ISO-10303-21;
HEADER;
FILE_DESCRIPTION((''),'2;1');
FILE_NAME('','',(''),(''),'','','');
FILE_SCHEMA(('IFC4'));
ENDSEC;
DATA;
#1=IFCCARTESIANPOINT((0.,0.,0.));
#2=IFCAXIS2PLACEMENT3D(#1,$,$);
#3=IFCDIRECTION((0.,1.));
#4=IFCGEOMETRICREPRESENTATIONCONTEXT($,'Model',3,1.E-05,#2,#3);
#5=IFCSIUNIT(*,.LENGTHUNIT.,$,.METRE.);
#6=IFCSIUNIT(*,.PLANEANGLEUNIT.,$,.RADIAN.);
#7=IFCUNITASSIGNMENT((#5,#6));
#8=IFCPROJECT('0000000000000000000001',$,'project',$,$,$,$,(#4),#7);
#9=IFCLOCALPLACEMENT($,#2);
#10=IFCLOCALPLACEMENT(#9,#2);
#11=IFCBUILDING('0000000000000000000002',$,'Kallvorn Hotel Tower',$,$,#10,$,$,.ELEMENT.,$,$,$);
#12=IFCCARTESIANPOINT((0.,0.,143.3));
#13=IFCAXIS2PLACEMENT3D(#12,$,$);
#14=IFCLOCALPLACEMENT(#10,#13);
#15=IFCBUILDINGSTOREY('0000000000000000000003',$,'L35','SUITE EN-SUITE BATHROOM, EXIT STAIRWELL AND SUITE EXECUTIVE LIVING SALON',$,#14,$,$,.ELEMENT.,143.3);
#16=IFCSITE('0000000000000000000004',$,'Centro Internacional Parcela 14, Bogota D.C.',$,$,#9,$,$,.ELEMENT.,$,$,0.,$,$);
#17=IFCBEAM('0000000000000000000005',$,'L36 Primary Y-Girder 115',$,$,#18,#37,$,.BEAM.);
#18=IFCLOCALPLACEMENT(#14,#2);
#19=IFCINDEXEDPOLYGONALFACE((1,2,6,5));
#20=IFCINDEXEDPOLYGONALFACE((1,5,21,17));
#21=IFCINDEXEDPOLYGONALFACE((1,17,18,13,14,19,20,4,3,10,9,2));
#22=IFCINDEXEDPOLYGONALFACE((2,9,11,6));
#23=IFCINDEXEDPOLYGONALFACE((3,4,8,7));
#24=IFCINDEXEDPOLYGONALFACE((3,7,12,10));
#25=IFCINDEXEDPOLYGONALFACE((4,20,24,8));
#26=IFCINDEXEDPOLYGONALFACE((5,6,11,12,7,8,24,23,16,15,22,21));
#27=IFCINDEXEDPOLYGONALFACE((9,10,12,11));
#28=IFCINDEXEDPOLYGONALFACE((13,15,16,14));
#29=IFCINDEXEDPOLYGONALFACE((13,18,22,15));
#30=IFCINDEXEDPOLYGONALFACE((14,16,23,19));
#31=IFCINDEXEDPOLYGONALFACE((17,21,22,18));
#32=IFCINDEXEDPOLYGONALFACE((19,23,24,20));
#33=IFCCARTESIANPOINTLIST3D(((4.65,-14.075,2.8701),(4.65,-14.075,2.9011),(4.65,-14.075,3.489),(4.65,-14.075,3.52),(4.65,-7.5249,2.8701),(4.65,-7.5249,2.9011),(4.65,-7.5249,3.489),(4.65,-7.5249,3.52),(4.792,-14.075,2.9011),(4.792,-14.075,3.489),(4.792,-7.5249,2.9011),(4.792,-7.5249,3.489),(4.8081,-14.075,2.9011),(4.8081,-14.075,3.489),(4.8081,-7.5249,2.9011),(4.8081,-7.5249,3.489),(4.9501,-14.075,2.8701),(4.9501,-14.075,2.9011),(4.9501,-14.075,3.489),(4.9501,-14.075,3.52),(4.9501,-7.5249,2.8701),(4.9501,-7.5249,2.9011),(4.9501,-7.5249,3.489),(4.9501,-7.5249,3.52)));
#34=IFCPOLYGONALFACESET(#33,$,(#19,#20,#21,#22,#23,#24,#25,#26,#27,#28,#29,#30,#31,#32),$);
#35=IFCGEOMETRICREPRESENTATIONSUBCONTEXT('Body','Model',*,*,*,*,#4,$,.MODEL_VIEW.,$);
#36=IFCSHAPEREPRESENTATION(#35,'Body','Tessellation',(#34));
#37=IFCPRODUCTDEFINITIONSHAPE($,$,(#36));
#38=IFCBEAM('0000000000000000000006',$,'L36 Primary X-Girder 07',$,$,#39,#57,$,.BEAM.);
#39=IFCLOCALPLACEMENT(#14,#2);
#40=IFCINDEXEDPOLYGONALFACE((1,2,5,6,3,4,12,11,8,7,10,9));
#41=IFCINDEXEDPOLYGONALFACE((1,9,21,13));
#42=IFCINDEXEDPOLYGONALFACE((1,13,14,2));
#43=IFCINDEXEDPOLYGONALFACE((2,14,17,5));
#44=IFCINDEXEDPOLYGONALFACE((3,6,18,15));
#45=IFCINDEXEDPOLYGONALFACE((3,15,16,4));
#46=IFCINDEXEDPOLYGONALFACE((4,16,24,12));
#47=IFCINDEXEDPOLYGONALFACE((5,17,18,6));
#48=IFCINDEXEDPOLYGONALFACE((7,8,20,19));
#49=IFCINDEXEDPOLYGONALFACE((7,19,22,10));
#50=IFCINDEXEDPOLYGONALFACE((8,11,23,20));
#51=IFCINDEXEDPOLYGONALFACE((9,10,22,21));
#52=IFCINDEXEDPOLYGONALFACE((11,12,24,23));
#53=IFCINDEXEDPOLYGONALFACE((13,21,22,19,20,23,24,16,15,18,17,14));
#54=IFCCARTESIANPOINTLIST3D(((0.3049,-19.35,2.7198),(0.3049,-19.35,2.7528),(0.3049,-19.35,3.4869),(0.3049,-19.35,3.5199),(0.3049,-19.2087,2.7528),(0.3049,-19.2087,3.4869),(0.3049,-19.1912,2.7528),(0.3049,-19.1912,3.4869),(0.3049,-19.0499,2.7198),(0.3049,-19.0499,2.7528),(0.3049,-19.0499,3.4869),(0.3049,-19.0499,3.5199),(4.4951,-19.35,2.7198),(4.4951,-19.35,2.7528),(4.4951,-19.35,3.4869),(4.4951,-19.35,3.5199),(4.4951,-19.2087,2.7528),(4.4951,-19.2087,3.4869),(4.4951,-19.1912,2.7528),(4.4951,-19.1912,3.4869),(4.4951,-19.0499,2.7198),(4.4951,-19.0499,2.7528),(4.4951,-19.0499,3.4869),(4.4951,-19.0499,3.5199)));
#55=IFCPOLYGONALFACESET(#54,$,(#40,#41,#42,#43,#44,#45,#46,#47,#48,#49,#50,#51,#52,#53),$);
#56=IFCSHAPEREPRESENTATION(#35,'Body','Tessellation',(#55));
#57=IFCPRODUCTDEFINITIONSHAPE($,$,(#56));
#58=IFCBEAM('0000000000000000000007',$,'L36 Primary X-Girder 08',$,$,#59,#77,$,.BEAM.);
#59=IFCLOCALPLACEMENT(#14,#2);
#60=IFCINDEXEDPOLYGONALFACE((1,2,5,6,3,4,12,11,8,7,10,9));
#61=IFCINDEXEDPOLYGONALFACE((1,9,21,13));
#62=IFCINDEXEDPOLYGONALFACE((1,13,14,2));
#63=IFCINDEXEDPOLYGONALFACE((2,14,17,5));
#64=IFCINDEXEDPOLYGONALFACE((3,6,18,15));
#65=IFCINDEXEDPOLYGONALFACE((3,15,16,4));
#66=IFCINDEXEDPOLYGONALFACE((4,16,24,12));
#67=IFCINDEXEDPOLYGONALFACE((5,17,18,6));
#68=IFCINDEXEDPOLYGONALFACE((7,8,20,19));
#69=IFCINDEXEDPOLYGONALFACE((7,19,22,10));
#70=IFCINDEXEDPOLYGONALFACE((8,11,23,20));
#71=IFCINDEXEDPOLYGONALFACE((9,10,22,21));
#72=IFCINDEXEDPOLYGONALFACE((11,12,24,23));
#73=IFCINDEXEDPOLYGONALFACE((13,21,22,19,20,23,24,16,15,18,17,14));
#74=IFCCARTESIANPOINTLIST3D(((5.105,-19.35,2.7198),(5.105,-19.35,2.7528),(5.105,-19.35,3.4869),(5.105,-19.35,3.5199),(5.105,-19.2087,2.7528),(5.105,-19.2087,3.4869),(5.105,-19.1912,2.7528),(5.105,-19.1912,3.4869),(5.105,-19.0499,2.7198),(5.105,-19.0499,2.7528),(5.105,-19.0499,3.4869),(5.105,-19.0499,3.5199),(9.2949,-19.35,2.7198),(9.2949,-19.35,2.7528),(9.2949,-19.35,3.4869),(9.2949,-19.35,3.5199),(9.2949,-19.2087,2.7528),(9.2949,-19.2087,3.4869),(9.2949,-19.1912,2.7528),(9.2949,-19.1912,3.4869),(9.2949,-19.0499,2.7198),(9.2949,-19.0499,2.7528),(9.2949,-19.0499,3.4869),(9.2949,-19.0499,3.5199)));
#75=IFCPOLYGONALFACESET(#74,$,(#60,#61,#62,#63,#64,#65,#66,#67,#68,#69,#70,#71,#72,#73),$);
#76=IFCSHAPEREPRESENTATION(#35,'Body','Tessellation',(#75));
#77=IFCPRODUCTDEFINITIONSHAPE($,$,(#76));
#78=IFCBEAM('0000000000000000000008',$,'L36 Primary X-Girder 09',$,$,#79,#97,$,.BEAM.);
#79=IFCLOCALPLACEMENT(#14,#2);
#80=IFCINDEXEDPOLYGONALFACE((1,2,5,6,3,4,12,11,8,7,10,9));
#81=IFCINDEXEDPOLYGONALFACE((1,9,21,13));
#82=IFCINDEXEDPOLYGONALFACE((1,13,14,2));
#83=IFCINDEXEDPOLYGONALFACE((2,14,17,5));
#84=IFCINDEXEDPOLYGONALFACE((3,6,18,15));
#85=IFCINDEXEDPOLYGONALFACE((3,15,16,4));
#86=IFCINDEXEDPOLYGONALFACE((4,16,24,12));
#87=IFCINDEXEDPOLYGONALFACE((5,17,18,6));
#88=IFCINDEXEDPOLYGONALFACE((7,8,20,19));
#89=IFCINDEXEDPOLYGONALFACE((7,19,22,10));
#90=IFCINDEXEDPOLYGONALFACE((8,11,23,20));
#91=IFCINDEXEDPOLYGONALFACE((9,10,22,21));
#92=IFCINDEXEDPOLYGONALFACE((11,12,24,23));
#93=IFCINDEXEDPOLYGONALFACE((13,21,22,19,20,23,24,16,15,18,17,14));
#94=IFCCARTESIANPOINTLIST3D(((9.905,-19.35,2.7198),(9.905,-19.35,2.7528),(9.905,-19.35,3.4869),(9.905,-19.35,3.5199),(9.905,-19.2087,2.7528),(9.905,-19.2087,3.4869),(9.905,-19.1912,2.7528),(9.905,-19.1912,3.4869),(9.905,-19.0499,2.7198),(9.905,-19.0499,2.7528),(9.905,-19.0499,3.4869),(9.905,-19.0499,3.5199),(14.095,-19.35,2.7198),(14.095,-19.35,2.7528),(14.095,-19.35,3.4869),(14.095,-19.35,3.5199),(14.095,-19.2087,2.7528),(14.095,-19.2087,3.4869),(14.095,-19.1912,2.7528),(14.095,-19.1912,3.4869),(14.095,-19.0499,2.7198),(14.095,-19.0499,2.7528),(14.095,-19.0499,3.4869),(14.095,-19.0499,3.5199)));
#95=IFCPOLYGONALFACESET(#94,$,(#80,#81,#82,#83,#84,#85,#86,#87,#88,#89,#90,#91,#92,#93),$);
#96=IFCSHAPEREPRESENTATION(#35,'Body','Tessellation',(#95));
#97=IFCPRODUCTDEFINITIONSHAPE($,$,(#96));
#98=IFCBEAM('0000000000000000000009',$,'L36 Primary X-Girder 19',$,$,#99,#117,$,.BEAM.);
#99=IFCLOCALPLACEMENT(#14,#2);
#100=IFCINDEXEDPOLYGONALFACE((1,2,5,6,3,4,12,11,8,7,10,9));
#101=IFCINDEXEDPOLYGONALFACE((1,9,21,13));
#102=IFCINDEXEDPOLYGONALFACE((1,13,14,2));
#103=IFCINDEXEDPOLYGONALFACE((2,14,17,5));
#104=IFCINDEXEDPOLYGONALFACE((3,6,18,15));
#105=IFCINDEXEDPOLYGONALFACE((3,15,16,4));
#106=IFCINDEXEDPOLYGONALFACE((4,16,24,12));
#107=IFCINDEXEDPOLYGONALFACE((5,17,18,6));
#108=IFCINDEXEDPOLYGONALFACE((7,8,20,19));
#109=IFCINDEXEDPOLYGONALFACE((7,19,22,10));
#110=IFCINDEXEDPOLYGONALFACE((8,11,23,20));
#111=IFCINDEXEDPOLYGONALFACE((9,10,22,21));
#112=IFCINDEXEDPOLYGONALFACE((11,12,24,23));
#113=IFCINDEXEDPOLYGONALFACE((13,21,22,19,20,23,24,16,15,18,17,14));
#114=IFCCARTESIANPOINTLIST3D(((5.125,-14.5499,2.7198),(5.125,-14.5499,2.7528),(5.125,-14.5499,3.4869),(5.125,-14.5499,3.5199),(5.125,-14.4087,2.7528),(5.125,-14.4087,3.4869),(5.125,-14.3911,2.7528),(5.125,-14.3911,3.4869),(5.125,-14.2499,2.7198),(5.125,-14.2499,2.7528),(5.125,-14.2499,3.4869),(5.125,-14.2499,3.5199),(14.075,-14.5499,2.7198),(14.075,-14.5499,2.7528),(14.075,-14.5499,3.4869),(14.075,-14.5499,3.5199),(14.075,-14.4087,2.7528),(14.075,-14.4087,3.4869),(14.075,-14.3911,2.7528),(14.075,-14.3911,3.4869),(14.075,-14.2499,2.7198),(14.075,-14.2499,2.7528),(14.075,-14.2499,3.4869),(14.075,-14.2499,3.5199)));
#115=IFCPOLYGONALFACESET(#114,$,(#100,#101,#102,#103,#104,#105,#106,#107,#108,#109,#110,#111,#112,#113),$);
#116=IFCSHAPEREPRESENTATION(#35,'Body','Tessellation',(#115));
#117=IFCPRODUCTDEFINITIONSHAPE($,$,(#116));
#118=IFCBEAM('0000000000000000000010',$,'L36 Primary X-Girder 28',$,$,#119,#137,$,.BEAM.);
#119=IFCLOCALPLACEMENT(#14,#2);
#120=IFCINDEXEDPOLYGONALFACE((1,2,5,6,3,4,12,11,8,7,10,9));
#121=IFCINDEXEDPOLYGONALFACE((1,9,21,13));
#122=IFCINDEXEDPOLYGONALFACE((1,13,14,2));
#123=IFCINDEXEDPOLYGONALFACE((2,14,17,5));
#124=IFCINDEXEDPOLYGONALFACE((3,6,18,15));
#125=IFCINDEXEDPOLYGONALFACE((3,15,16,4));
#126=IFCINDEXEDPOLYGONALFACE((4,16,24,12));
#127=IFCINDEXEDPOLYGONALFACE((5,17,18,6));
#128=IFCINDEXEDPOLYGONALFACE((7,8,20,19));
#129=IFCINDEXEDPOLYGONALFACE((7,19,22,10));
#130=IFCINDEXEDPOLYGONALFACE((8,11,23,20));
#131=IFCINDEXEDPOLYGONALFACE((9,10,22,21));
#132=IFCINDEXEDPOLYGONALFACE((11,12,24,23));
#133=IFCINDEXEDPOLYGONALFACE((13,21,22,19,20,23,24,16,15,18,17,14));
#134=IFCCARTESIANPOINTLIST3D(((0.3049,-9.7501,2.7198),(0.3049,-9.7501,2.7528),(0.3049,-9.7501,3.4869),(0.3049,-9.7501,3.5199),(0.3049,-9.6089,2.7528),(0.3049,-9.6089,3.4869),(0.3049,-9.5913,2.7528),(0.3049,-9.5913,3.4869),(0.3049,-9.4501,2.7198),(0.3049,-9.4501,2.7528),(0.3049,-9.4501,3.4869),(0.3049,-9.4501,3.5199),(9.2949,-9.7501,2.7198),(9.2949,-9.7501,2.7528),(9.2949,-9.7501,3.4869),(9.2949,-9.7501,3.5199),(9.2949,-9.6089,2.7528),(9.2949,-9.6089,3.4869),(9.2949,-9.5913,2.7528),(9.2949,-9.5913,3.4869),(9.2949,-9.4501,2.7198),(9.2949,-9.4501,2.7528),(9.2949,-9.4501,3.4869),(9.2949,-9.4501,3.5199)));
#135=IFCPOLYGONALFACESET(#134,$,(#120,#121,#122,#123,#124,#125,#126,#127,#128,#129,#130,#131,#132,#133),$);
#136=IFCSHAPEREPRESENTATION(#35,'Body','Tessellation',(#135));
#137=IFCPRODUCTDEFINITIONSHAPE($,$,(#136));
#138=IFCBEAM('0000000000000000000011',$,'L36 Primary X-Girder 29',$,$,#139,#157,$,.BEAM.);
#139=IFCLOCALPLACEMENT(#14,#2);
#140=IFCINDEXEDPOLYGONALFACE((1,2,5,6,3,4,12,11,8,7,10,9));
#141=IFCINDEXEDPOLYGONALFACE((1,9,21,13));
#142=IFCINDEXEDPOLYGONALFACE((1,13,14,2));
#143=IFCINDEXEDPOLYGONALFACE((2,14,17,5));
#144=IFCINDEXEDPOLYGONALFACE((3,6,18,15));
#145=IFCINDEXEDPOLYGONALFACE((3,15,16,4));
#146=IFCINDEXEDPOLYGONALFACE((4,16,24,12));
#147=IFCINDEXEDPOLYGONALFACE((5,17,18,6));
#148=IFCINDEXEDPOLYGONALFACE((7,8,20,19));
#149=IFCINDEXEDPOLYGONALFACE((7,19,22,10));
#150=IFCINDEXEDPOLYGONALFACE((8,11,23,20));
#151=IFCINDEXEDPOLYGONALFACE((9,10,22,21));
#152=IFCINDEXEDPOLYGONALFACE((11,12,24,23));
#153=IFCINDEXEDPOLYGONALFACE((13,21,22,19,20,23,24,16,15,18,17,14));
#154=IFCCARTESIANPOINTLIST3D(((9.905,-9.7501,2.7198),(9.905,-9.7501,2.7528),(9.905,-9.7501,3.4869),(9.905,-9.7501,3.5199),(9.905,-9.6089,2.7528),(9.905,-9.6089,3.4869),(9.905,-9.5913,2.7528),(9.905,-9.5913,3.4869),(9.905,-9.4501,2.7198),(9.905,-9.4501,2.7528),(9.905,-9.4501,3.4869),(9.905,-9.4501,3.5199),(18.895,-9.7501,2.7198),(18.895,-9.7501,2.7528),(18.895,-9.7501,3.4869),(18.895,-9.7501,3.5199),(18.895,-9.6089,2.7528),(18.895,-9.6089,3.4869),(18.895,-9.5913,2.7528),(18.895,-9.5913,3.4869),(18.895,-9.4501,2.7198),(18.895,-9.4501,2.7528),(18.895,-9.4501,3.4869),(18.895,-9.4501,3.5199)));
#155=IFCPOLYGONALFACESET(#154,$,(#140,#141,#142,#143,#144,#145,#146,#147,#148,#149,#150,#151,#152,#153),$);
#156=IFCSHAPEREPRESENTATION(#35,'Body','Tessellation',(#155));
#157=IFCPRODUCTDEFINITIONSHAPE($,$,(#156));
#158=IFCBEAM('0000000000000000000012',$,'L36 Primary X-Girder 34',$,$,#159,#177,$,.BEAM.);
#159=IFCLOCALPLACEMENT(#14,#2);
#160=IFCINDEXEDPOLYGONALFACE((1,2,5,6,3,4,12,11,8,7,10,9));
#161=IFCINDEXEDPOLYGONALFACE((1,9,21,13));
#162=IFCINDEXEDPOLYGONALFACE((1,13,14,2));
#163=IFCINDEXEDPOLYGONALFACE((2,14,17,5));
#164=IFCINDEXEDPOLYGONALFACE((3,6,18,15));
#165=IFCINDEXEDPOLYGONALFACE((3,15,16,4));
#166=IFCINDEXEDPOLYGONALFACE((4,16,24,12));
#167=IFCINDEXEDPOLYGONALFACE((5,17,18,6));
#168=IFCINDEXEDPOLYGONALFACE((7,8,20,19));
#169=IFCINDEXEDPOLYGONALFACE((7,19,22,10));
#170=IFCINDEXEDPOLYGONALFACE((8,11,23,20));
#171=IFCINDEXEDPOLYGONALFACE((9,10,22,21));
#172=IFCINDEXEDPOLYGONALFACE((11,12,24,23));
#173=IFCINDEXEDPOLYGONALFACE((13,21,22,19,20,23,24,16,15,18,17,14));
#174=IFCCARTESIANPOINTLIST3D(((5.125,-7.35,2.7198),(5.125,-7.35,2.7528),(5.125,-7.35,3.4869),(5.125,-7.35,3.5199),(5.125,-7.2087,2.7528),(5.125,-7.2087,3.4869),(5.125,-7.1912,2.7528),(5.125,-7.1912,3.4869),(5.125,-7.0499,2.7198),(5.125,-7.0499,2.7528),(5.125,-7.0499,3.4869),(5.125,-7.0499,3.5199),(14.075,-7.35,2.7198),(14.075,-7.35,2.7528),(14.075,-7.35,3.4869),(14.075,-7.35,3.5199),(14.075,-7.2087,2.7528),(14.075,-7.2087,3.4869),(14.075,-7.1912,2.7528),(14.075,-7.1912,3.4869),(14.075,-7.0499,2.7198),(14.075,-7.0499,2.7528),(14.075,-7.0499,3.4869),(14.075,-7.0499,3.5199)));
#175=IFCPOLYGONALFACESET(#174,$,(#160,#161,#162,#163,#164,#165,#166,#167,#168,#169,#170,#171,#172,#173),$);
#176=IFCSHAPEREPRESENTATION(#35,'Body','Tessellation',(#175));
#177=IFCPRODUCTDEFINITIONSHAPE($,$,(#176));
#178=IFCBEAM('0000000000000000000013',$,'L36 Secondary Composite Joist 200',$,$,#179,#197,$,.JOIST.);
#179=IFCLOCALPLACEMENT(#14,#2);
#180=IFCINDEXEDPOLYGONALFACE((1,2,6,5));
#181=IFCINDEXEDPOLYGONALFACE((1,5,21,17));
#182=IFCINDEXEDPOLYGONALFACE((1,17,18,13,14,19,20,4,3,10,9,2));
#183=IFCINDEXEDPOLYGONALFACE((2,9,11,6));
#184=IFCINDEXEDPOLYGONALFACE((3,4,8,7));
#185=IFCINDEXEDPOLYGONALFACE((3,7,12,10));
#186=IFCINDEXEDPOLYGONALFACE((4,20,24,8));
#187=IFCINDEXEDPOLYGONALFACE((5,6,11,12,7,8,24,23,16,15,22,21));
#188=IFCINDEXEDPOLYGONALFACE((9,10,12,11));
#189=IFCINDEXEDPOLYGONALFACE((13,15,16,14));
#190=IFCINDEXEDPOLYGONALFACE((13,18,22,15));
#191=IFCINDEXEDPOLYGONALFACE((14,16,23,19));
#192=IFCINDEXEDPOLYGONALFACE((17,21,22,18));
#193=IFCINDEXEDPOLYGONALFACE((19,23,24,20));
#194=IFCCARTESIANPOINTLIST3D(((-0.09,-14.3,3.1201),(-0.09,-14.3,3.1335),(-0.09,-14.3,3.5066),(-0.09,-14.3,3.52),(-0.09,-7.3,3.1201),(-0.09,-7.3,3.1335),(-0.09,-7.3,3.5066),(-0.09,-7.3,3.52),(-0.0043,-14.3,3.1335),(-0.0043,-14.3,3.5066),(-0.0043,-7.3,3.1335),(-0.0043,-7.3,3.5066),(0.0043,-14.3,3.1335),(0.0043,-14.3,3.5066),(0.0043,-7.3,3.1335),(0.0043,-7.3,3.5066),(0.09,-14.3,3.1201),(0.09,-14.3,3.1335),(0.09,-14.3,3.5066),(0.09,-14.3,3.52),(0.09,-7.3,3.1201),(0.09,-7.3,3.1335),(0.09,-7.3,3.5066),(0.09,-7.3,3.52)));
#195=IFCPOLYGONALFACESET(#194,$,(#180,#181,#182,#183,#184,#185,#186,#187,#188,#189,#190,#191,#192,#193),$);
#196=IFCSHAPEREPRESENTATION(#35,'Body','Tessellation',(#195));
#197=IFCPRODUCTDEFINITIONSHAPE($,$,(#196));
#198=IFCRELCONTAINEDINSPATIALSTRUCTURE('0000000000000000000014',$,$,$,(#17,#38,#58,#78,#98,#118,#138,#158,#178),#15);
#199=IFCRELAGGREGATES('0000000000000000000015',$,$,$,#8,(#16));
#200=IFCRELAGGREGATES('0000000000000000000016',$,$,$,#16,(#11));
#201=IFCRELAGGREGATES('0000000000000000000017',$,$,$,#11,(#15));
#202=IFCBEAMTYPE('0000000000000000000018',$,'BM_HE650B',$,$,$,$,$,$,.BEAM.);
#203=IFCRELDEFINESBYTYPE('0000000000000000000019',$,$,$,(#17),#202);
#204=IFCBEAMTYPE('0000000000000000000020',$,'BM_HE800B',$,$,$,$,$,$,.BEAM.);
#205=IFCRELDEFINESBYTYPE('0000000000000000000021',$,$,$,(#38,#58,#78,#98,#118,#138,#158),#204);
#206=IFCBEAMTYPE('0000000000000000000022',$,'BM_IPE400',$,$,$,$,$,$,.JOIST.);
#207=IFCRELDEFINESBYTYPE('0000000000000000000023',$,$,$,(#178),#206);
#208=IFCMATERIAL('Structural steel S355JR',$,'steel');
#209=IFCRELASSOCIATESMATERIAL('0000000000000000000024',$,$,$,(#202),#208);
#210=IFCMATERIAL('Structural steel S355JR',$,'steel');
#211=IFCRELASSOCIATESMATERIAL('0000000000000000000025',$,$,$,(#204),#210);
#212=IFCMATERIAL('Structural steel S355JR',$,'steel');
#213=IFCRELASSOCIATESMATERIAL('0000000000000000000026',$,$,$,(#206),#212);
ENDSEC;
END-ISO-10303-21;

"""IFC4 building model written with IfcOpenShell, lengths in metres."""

from ifc_helpers import new_model, si_unit, direction, frame, origin, origin_2d, place, context, subcontext, project, spatial, i_section, extrude, material, material_profile, profile_set, type_object, element, save


model = new_model("IFC4")

# Units and contexts
model_context = context("Model", 3, precision=1e-05, world=origin(), true_north=direction((0.0, 1.0)))
body_context = subcontext(model_context, "Body", "Model", "MODEL_VIEW")
ifc_project = project(units=[si_unit("LENGTHUNIT", "METRE"), si_unit("PLANEANGLEUNIT", "RADIAN")], contexts=[model_context])

# Site, building, storey
site_placement = place(None, origin())
site = spatial("IfcSite", under=ifc_project, at=site_placement, Name="Centro Internacional Parcela 14, Bogota D.C.", CompositionType="ELEMENT", RefElevation=0.0)
building_placement = place(site_placement, origin())
building = spatial("IfcBuilding", under=site, at=building_placement, Name="Kallvorn Hotel Tower", CompositionType="ELEMENT")
storey_placement = place(building_placement, frame((0.0, 0.0, 143.3)))
storey = spatial("IfcBuildingStorey", under=building, at=storey_placement, Name="L35", Description="SUITE EN-SUITE BATHROOM, EXIT STAIRWELL AND SUITE EXECUTIVE LIVING SALON", CompositionType="ELEMENT", Elevation=143.3)

# Beams
ifc_material_1 = material(Name="Structural steel S355JR", Category="steel")
ifc_material_profile_1 = material_profile(ifc_material_1, i_section(OverallWidth=0.3, OverallDepth=0.6499, WebThickness=0.0161, FlangeThickness=0.031, at=origin_2d()), Name="HE 650 B")
ifc_profile_set_1 = profile_set([ifc_material_profile_1], Name="Structural steel S355JR")
beam_type_1 = type_object("IfcBeamType", Name="BM_HE650B", PredefinedType="BEAM", material=ifc_profile_set_1)
beam_1_placement = place(storey_placement, frame((4.8, -14.075, 3.1951), z_axis=(0.0, 1.0, 0.0), x_axis=(-1.0, 0.0, 0.0)))
element("IfcBeam", 1, at=beam_1_placement, inside=storey, type_object=beam_type_1, Name="L36 Primary Y-Girder 115", PredefinedType="BEAM", context=body_context, shape_type="SweptSolid", body=[
    extrude(i_section(OverallWidth=0.3, OverallDepth=0.6499, WebThickness=0.0161, FlangeThickness=0.031, at=origin_2d()), origin(), (0.0, 0.0, 1.0), 6.55),
])
ifc_material_2 = material(Name="Structural steel S355JR", Category="steel")
ifc_material_profile_2 = material_profile(ifc_material_2, i_section(OverallWidth=0.3, OverallDepth=0.8, WebThickness=0.0176, FlangeThickness=0.033, at=origin_2d()), Name="HE 800 B")
ifc_profile_set_2 = profile_set([ifc_material_profile_2], Name="Structural steel S355JR")
beam_type_2 = type_object("IfcBeamType", Name="BM_HE800B", PredefinedType="BEAM", material=ifc_profile_set_2)
beam_2_placement = place(storey_placement, frame((0.3049, -19.2, 3.1199), z_axis=(1.0, 0.0, 0.0), x_axis=(0.0, 1.0, 0.0)))
element("IfcBeam", 2, at=beam_2_placement, inside=storey, type_object=beam_type_2, Name="L36 Primary X-Girder 07", PredefinedType="BEAM", context=body_context, shape_type="SweptSolid", body=[
    extrude(i_section(OverallWidth=0.3, OverallDepth=0.8, WebThickness=0.0176, FlangeThickness=0.033, at=origin_2d()), origin(), (0.0, 0.0, 1.0), 4.1902),
])
for number, where, z_axis, x_axis, name in (
    (3, (5.105, -19.2, 3.1199), (1.0, 0.0, 0.0), (0.0, 1.0, 0.0), "L36 Primary X-Girder 08"),
    (4, (9.905, -19.2, 3.1199), (1.0, 0.0, 0.0), (0.0, 1.0, 0.0), "L36 Primary X-Girder 09"),
):
    element("IfcBeam", number, at=place(storey_placement, frame(where, z_axis=z_axis, x_axis=x_axis)), inside=storey, type_object=beam_type_2, Name=name, PredefinedType="BEAM", context=body_context, shape_type="SweptSolid", body=[
        extrude(i_section(OverallWidth=0.3, OverallDepth=0.8, WebThickness=0.0176, FlangeThickness=0.033, at=origin_2d()), origin(), (0.0, 0.0, 1.0), 4.1899),
    ])
beam_3_placement = place(storey_placement, frame((5.125, -14.3999, 3.1199), z_axis=(1.0, 0.0, 0.0), x_axis=(0.0, 1.0, 0.0)))
element("IfcBeam", 5, at=beam_3_placement, inside=storey, type_object=beam_type_2, Name="L36 Primary X-Girder 19", PredefinedType="BEAM", context=body_context, shape_type="SweptSolid", body=[
    extrude(i_section(OverallWidth=0.3, OverallDepth=0.8, WebThickness=0.0176, FlangeThickness=0.033, at=origin_2d()), origin(), (0.0, 0.0, 1.0), 8.95),
])
for number, where, z_axis, x_axis, name in (
    (6, (0.3049, -9.6001, 3.1199), (1.0, 0.0, 0.0), (0.0, 1.0, 0.0), "L36 Primary X-Girder 28"),
    (7, (9.905, -9.6001, 3.1199), (1.0, 0.0, 0.0), (0.0, 1.0, 0.0), "L36 Primary X-Girder 29"),
):
    element("IfcBeam", number, at=place(storey_placement, frame(where, z_axis=z_axis, x_axis=x_axis)), inside=storey, type_object=beam_type_2, Name=name, PredefinedType="BEAM", context=body_context, shape_type="SweptSolid", body=[
        extrude(i_section(OverallWidth=0.3, OverallDepth=0.8, WebThickness=0.0176, FlangeThickness=0.033, at=origin_2d()), origin(), (0.0, 0.0, 1.0), 8.99),
    ])
beam_4_placement = place(storey_placement, frame((5.125, -7.2, 3.1199), z_axis=(1.0, 0.0, 0.0), x_axis=(0.0, 1.0, 0.0)))
element("IfcBeam", 8, at=beam_4_placement, inside=storey, type_object=beam_type_2, Name="L36 Primary X-Girder 34", PredefinedType="BEAM", context=body_context, shape_type="SweptSolid", body=[
    extrude(i_section(OverallWidth=0.3, OverallDepth=0.8, WebThickness=0.0176, FlangeThickness=0.033, at=origin_2d()), origin(), (0.0, 0.0, 1.0), 8.95),
])
ifc_material_3 = material(Name="Structural steel S355JR", Category="steel")
ifc_material_profile_3 = material_profile(ifc_material_3, i_section(OverallWidth=0.1799, OverallDepth=0.3999, WebThickness=0.0085, FlangeThickness=0.0134, at=origin_2d()), Name="IPE 400")
ifc_profile_set_3 = profile_set([ifc_material_profile_3], Name="Structural steel S355JR")
beam_type_3 = type_object("IfcBeamType", Name="BM_IPE400", PredefinedType="JOIST", material=ifc_profile_set_3)
for number, where, z_axis, x_axis, name in (
    (9, (0.0, -14.3, 3.3201), (0.0, 1.0, 0.0), (-1.0, 0.0, 0.0), "L36 Secondary Composite Joist 200"),
):
    element("IfcBeam", number, at=place(storey_placement, frame(where, z_axis=z_axis, x_axis=x_axis)), inside=storey, type_object=beam_type_3, Name=name, PredefinedType="JOIST", context=body_context, shape_type="SweptSolid", body=[
        extrude(i_section(OverallWidth=0.1799, OverallDepth=0.3999, WebThickness=0.0085, FlangeThickness=0.0134, at=origin_2d()), origin(), (0.0, 0.0, 1.0), 7.0),
    ])

save(model, "model.ifc")
